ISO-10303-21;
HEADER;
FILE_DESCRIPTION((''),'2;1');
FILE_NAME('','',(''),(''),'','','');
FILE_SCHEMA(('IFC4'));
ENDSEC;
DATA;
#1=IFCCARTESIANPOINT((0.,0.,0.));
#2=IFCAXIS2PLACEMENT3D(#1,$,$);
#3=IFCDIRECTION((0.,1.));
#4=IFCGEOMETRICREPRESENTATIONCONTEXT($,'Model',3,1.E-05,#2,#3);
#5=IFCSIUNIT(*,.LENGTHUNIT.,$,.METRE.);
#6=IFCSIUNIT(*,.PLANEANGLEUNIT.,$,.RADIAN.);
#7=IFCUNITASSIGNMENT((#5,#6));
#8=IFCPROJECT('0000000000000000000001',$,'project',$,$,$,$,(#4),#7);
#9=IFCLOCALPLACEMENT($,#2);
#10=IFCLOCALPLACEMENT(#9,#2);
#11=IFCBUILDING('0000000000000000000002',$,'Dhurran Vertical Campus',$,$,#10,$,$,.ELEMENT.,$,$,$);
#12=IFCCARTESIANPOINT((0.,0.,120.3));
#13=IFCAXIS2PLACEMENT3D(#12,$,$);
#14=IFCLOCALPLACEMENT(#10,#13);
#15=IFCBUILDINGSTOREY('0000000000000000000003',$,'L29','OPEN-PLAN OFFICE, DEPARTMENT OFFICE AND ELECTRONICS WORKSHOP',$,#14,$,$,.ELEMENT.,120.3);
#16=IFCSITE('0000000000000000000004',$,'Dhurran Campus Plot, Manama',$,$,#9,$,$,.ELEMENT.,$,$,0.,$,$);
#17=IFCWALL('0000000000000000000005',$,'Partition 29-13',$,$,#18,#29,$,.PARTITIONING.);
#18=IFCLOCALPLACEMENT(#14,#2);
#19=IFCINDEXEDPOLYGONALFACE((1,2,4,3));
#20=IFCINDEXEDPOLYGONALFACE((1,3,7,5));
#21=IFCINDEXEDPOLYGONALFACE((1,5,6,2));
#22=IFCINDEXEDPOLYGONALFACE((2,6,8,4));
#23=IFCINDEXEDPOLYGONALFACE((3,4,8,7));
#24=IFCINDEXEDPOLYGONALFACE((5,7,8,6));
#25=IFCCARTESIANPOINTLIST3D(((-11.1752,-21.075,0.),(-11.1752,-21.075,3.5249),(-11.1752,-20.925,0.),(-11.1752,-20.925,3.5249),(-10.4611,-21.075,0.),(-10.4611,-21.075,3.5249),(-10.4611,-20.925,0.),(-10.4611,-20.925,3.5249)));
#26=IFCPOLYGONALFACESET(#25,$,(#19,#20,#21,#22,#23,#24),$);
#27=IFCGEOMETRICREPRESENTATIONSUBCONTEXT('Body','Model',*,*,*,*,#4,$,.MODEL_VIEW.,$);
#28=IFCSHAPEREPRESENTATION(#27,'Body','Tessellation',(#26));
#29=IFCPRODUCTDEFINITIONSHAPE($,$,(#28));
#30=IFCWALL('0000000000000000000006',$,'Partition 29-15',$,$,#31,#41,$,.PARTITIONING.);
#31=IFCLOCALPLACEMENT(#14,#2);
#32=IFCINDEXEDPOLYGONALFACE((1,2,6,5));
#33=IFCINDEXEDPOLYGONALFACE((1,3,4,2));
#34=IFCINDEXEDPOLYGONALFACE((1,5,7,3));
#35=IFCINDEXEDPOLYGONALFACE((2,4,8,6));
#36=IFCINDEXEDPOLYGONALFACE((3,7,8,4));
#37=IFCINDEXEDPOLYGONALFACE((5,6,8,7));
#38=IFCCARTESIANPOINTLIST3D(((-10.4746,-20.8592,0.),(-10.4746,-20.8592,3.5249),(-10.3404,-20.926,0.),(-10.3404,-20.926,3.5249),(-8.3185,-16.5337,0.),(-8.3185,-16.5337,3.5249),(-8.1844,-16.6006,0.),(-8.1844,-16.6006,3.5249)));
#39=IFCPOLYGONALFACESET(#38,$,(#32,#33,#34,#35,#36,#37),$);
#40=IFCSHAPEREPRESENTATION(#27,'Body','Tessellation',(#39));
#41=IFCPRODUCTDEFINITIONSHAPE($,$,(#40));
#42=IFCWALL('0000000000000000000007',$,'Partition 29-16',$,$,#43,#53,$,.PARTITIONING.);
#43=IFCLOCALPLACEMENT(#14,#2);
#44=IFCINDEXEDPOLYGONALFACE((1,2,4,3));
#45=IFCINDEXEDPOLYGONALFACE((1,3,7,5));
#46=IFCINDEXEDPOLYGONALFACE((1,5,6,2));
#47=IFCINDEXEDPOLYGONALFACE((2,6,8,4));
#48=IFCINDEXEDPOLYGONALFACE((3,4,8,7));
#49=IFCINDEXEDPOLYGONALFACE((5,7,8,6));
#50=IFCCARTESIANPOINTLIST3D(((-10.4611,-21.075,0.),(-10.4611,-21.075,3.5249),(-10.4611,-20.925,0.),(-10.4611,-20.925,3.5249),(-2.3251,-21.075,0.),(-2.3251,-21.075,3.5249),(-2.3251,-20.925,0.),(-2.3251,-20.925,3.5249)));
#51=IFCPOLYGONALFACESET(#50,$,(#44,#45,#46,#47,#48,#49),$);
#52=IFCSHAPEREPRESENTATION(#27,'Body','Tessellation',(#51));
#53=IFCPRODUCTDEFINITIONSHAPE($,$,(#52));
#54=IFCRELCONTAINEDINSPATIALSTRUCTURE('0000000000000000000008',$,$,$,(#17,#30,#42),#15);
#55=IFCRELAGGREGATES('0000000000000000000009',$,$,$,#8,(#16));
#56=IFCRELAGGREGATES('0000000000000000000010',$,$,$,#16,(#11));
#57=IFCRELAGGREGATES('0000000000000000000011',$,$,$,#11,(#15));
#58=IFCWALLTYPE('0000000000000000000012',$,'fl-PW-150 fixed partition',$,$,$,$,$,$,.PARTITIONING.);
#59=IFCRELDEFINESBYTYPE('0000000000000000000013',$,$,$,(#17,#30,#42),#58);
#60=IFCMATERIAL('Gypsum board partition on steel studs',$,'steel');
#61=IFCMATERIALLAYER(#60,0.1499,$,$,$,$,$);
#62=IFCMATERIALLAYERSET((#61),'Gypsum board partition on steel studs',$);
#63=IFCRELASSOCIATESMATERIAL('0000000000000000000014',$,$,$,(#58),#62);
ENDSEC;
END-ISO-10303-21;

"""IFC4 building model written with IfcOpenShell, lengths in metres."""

from ifc_helpers import new_model, si_unit, direction, frame, frame_2d, origin, place, context, subcontext, project, spatial, rectangle, extrude, material, layer, layer_set, type_object, element, save


model = new_model("IFC4")

# Units and contexts
model_context = context("Model", 3, precision=1e-05, world=origin(), true_north=direction((0.0, 1.0)))
body_context = subcontext(model_context, "Body", "Model", "MODEL_VIEW")
ifc_project = project(units=[si_unit("LENGTHUNIT", "METRE"), si_unit("PLANEANGLEUNIT", "RADIAN")], contexts=[model_context])

# Site, building, storey
site_placement = place(None, origin())
site = spatial("IfcSite", under=ifc_project, at=site_placement, Name="Dhurran Campus Plot, Manama", CompositionType="ELEMENT", RefElevation=0.0)
building_placement = place(site_placement, origin())
building = spatial("IfcBuilding", under=site, at=building_placement, Name="Dhurran Vertical Campus", CompositionType="ELEMENT")
storey_placement = place(building_placement, frame((0.0, 0.0, 120.3)))
storey = spatial("IfcBuildingStorey", under=building, at=storey_placement, Name="L29", Description="OPEN-PLAN OFFICE, DEPARTMENT OFFICE AND ELECTRONICS WORKSHOP", CompositionType="ELEMENT", Elevation=120.3)

# Walls
ifc_material_1 = material(Name="Gypsum board partition on steel studs", Category="steel")
ifc_layer_1 = layer(ifc_material_1, 0.1499)
ifc_layer_set_1 = layer_set([ifc_layer_1], Name="Gypsum board partition on steel studs")
wall_type_1 = type_object("IfcWallType", Name="fl-PW-150 fixed partition", PredefinedType="PARTITIONING", material=ifc_layer_set_1)
wall_1_placement = place(storey_placement, frame((-11.175, -21.0, 0.0), z_axis=(0.0, 0.0, 1.0), x_axis=(1.0, 0.0, 0.0)))
element("IfcWall", 1, at=wall_1_placement, inside=storey, type_object=wall_type_1, Name="Partition 29-13", PredefinedType="PARTITIONING", context=body_context, shape_type="SweptSolid", body=[
    extrude(rectangle(XDim=0.7141, YDim=0.1499, at=frame_2d((0.3569, 0.0))), origin(), (0.0, 0.0, 1.0), 3.5249),
])
wall_2_placement = place(storey_placement, frame((-8.2515, -16.5671, 0.0), z_axis=(0.0, 0.0, 1.0), x_axis=(-0.446102, -0.894982, 0.0)))
element("IfcWall", 2, at=wall_2_placement, inside=storey, type_object=wall_type_1, Name="Partition 29-15", PredefinedType="PARTITIONING", context=body_context, shape_type="SweptSolid", body=[
    extrude(rectangle(XDim=4.833, YDim=0.1499, at=frame_2d((2.4165, 0.0))), origin(), (0.0, 0.0, 1.0), 3.5249),
])
wall_3_placement = place(storey_placement, frame((-10.4609, -21.0, 0.0), z_axis=(0.0, 0.0, 1.0), x_axis=(1.0, 0.0, 0.0)))
element("IfcWall", 3, at=wall_3_placement, inside=storey, type_object=wall_type_1, Name="Partition 29-16", PredefinedType="PARTITIONING", context=body_context, shape_type="SweptSolid", body=[
    extrude(rectangle(XDim=8.136, YDim=0.1499, at=frame_2d((4.0679, 0.0))), origin(), (0.0, 0.0, 1.0), 3.5249),
])

save(model, "model.ifc")
